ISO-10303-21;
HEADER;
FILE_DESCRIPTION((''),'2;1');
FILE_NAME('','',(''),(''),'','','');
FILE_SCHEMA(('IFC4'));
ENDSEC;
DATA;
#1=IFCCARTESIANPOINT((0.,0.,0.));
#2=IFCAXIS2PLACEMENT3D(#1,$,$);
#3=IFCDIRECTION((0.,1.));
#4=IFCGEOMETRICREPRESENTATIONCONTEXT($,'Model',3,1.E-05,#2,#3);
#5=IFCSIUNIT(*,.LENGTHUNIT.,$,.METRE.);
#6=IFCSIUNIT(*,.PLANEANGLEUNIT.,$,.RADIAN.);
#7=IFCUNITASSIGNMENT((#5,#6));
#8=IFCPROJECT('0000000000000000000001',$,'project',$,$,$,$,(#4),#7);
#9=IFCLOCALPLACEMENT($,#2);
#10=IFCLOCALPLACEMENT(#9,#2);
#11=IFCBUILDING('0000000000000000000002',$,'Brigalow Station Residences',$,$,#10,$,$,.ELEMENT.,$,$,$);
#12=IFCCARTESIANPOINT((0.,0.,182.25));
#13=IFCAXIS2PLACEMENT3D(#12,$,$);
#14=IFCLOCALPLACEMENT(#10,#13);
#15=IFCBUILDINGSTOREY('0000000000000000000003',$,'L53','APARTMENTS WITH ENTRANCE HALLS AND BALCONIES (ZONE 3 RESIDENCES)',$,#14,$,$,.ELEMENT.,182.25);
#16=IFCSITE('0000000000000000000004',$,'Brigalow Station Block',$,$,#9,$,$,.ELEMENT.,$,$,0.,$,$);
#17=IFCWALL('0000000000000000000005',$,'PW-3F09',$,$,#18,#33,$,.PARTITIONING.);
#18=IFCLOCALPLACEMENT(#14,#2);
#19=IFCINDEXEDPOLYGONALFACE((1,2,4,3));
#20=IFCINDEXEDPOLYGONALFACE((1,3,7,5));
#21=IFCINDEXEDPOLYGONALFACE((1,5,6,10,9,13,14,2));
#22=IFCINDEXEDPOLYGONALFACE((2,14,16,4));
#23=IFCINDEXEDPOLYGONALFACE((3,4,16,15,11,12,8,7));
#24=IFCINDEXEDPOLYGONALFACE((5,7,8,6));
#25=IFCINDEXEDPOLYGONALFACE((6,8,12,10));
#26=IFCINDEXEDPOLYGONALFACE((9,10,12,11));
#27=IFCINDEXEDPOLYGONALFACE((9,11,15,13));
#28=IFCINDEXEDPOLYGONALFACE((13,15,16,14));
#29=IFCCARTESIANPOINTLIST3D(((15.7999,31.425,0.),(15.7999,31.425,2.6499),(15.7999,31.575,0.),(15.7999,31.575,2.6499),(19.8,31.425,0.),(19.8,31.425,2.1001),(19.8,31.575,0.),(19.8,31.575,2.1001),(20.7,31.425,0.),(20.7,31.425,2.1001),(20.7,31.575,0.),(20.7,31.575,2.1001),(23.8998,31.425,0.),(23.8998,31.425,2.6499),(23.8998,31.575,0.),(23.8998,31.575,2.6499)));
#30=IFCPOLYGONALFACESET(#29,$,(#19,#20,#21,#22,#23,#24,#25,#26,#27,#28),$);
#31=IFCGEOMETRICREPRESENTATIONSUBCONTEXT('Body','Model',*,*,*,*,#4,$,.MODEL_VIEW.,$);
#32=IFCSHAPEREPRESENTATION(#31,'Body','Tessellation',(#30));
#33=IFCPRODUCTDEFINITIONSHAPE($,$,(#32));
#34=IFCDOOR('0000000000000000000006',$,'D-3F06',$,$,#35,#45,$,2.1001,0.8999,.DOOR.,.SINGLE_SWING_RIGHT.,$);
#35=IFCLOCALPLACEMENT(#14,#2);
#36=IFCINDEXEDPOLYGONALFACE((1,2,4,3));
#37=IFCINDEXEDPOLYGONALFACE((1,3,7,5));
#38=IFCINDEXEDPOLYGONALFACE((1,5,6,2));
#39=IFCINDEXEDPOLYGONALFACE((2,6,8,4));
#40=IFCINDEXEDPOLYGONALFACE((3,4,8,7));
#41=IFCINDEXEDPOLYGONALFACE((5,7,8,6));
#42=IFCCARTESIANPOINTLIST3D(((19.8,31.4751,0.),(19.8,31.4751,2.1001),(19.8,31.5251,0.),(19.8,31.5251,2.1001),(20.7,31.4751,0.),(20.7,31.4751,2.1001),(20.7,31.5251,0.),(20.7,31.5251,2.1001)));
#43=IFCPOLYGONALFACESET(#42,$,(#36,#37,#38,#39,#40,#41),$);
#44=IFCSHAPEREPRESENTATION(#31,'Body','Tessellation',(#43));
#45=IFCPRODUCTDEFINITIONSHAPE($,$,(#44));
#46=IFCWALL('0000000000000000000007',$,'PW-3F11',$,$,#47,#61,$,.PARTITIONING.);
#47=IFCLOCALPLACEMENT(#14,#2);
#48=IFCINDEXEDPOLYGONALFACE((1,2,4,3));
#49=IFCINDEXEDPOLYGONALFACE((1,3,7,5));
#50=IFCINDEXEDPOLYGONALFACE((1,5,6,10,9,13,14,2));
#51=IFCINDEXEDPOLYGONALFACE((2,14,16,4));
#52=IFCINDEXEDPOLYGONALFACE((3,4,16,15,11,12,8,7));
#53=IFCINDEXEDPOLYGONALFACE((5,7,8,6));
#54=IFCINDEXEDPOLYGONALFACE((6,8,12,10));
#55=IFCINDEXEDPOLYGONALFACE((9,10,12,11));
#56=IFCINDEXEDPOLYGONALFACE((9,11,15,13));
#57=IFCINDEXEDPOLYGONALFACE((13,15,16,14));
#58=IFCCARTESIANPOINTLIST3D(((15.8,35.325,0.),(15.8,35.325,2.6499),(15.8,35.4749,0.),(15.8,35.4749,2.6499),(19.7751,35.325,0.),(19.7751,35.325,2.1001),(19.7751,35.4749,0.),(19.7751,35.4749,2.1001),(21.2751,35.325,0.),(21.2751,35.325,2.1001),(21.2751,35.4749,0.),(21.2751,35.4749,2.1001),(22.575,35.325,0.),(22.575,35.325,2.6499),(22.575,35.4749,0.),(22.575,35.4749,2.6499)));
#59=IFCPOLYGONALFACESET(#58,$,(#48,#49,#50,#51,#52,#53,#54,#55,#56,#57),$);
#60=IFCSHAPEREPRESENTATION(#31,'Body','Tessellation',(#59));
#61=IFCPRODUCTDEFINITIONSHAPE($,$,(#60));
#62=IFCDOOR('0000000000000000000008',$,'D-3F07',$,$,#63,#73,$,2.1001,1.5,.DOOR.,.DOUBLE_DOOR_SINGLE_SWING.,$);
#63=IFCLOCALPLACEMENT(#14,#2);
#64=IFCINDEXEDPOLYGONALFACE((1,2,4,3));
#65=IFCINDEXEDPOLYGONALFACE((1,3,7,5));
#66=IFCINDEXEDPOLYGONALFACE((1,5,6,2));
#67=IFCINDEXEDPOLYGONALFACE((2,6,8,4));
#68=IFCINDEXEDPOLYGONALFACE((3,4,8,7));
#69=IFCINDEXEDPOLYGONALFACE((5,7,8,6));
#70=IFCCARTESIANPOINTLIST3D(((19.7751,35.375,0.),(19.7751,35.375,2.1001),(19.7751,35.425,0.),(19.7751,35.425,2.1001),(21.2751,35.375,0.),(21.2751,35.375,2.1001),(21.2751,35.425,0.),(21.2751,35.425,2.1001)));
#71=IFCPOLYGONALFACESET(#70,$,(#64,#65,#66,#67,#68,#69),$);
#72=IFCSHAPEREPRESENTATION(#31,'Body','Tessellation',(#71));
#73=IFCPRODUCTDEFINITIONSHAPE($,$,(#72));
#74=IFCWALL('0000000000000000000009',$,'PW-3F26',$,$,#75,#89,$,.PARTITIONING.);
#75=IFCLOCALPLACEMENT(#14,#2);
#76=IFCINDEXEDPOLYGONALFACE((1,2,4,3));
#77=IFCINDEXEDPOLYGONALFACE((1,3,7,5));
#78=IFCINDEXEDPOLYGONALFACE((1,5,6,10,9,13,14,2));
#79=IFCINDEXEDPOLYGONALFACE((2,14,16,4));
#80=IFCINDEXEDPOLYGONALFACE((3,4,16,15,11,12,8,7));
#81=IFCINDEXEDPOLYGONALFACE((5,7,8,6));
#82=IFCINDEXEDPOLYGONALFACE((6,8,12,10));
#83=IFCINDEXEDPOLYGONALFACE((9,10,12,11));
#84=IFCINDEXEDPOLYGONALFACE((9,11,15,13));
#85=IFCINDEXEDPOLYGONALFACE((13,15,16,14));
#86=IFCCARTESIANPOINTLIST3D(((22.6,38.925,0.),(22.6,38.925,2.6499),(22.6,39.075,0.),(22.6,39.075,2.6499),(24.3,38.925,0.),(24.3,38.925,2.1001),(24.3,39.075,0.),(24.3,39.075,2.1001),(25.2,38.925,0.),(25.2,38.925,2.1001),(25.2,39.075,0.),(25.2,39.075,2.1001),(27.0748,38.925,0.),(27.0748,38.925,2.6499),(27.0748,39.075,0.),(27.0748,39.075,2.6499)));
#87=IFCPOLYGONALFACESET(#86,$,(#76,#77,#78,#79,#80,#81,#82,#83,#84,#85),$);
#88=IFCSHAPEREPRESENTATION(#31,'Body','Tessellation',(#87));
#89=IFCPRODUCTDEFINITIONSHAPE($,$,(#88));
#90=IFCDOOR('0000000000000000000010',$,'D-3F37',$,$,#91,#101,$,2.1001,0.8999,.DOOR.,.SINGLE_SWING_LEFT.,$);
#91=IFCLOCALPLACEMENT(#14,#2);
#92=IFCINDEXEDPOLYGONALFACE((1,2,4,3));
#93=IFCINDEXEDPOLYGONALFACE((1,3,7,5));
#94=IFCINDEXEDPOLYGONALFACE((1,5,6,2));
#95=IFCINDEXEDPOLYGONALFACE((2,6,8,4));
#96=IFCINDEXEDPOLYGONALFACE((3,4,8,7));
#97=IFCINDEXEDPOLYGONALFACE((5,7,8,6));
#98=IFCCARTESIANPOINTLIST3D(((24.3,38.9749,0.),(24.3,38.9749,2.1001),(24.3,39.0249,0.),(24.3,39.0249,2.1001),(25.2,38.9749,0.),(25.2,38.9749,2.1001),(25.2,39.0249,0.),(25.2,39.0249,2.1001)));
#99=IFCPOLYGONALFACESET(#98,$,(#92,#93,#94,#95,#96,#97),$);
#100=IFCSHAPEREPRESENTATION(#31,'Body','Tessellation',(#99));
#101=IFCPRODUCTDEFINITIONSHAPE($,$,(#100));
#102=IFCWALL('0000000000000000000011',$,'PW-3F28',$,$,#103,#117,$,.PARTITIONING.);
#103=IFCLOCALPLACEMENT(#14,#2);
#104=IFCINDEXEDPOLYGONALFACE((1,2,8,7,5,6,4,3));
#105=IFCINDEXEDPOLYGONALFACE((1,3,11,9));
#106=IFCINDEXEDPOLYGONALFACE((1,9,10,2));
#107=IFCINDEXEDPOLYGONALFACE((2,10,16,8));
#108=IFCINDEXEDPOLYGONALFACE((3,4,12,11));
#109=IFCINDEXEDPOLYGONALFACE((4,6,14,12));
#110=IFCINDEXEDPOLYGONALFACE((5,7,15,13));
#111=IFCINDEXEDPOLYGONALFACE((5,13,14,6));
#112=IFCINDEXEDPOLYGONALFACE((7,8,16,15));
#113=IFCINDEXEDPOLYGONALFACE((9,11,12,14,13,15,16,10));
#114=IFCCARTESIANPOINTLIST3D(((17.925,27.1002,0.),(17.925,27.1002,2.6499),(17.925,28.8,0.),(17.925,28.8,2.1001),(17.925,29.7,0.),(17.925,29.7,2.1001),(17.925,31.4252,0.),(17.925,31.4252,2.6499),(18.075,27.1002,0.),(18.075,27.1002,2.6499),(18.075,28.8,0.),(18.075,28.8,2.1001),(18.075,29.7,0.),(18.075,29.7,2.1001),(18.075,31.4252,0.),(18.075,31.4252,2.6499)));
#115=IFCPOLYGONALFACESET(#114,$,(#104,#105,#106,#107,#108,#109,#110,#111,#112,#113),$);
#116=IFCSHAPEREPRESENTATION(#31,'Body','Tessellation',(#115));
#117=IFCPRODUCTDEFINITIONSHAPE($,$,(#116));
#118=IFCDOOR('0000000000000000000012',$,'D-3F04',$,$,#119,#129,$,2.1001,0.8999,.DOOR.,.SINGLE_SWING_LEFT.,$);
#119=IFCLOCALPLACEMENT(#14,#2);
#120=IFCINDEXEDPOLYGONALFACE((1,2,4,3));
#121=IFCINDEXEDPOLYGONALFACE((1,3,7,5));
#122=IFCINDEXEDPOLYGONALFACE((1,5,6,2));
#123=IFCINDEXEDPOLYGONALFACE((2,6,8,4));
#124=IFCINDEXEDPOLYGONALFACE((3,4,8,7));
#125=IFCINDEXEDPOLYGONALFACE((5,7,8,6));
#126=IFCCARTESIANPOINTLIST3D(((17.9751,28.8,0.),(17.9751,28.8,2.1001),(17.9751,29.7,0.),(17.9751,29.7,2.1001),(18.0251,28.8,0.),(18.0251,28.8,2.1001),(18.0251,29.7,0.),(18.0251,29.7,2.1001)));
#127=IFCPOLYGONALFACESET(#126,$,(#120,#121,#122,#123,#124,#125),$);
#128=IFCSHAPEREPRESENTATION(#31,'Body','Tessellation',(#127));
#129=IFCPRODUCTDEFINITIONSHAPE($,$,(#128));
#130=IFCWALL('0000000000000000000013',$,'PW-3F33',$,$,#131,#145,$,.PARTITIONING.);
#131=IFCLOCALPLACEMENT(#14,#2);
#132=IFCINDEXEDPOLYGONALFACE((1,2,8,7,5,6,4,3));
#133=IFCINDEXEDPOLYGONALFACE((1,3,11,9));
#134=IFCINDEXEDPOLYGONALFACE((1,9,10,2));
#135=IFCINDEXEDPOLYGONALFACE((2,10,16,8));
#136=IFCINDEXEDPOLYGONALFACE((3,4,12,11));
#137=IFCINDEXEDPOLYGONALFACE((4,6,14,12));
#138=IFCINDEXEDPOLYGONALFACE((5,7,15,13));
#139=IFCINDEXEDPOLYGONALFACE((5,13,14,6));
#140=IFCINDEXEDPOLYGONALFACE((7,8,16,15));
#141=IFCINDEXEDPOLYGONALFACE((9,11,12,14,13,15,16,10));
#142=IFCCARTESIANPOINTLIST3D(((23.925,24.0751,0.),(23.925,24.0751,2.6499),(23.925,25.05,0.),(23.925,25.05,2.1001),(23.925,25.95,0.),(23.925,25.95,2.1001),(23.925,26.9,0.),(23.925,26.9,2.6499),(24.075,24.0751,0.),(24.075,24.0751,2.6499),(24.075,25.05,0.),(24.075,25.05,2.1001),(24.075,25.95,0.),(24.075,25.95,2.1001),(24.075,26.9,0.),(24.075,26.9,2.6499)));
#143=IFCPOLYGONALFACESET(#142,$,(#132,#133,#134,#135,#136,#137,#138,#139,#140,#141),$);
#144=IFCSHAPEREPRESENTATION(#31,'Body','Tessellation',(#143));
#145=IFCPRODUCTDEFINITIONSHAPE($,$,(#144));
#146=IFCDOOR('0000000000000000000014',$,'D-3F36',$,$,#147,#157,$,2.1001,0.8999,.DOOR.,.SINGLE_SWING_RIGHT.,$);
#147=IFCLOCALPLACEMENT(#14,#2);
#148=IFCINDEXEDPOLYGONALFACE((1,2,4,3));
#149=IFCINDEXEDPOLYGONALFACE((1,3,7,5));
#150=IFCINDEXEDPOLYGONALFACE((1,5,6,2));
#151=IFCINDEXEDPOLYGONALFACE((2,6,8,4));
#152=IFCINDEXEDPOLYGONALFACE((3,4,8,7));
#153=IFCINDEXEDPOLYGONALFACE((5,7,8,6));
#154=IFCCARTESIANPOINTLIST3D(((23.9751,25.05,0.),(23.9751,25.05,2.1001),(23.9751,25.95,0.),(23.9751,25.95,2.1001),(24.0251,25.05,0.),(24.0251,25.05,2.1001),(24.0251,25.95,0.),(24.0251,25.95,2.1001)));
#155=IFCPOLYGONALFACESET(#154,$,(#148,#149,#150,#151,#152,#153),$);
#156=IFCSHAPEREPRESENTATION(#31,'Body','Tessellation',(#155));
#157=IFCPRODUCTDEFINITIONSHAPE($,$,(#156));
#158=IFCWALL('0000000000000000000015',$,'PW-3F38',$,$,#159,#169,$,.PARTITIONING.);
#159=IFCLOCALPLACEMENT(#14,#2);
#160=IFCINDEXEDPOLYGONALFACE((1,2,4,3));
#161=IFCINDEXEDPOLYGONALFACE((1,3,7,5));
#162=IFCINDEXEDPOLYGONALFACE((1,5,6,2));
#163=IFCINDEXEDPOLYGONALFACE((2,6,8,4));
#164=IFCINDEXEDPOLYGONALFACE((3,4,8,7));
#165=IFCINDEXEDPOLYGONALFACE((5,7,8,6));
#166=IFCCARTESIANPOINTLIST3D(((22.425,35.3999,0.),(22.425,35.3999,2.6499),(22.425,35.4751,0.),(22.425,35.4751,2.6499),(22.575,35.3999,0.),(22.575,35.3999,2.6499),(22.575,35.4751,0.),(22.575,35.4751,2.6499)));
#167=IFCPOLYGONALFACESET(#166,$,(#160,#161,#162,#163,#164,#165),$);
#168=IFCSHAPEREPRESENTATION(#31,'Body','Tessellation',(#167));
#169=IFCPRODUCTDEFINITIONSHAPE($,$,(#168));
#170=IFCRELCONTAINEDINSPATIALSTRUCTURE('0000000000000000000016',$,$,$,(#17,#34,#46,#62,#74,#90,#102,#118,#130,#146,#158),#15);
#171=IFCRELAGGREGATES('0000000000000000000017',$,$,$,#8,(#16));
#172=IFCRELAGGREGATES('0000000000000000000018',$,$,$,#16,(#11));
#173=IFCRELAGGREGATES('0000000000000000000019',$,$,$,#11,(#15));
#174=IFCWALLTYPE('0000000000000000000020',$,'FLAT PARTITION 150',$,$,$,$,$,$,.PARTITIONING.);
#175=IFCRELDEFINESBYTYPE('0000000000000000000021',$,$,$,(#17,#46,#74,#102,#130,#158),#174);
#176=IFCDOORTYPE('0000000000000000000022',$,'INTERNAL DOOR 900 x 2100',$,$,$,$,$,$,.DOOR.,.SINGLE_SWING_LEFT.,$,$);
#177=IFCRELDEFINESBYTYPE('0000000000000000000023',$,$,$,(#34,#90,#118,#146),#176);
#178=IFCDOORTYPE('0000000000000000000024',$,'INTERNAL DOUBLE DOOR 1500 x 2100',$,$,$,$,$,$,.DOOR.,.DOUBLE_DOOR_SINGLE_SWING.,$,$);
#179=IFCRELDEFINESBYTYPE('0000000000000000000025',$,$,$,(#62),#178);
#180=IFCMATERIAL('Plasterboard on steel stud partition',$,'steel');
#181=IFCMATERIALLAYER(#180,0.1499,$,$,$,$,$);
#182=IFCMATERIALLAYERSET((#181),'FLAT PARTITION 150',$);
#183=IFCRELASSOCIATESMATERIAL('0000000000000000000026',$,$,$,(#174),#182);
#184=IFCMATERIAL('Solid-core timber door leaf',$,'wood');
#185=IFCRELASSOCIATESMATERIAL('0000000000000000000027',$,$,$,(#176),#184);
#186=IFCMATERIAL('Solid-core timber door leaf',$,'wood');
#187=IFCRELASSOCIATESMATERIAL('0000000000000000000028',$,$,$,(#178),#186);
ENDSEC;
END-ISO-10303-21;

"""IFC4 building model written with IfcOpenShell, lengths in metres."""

from ifc_helpers import new_model, si_unit, direction, frame, frame_2d, origin, place, context, subcontext, project, spatial, rectangle, extrude, material, layer, layer_set, type_object, element, fill, save


model = new_model("IFC4")

# Units and contexts
model_context = context("Model", 3, precision=1e-05, world=origin(), true_north=direction((0.0, 1.0)))
body_context = subcontext(model_context, "Body", "Model", "MODEL_VIEW")
ifc_project = project(units=[si_unit("LENGTHUNIT", "METRE"), si_unit("PLANEANGLEUNIT", "RADIAN")], contexts=[model_context])

# Site, building, storey
site_placement = place(None, origin())
site = spatial("IfcSite", under=ifc_project, at=site_placement, Name="Brigalow Station Block", CompositionType="ELEMENT", RefElevation=0.0)
building_placement = place(site_placement, origin())
building = spatial("IfcBuilding", under=site, at=building_placement, Name="Brigalow Station Residences", CompositionType="ELEMENT")
storey_placement = place(building_placement, frame((0.0, 0.0, 182.25)))
storey = spatial("IfcBuildingStorey", under=building, at=storey_placement, Name="L53", Description="APARTMENTS WITH ENTRANCE HALLS AND BALCONIES (ZONE 3 RESIDENCES)", CompositionType="ELEMENT", Elevation=182.25)

# Shared definitions
ifc_material_1 = material(Name="Plasterboard on steel stud partition", Category="steel")
ifc_layer_1 = layer(ifc_material_1, 0.1499)
ifc_layer_set_1 = layer_set([ifc_layer_1], Name="FLAT PARTITION 150")
wall_type_1 = type_object("IfcWallType", Name="FLAT PARTITION 150", PredefinedType="PARTITIONING", material=ifc_layer_set_1)

# Walls, openings, doors
wall_1_placement = place(storey_placement, frame((15.8, 31.5, 0.0), z_axis=(0.0, 0.0, 1.0), x_axis=(1.0, 0.0, 0.0)))
wall_1 = element("IfcWall", 1, at=wall_1_placement, inside=storey, type_object=wall_type_1, Name="PW-3F09", PredefinedType="PARTITIONING", context=body_context, shape_type="SweptSolid", body=[
    extrude(rectangle(XDim=8.0999, YDim=0.1499, at=frame_2d((4.0498, 0.0))), origin(), (0.0, 0.0, 1.0), 2.6499),
])
opening_1_placement = place(wall_1_placement, frame((4.0, 0.0, 0.0)))
opening_1 = element("IfcOpeningElement", 2, at=opening_1_placement, cuts=wall_1, PredefinedType="OPENING", context=body_context, shape_type="SweptSolid", body=[
    extrude(rectangle(XDim=0.8999, YDim=2.1001, at=frame_2d((0.45, 1.05))), frame((0.0, 0.085, 0.0), z_axis=(0.0, -1.0, 0.0), x_axis=(1.0, 0.0, 0.0)), (0.0, 0.0, 1.0), 0.1699),
])
ifc_material_2 = material(Name="Solid-core timber door leaf", Category="wood")
door_type_1 = type_object("IfcDoorType", Name="INTERNAL DOOR 900 x 2100", OperationType="SINGLE_SWING_LEFT", PredefinedType="DOOR", material=ifc_material_2)
door_1_placement = place(opening_1_placement, frame((0.8999, 0.0, 0.0), z_axis=(0.0, 0.0, 1.0), x_axis=(-1.0, 0.0, 0.0)))
door_1 = element("IfcDoor", 3, at=door_1_placement, inside=storey, type_object=door_type_1, Name="D-3F06", OperationType="SINGLE_SWING_RIGHT", OverallHeight=2.1001, OverallWidth=0.8999, PredefinedType="DOOR", context=body_context, shape_type="SweptSolid", body=[
    extrude(rectangle(XDim=0.8999, YDim=2.1001, at=frame_2d((0.45, 1.05))), frame((0.0, 0.0249, 0.0), z_axis=(0.0, -1.0, 0.0), x_axis=(1.0, 0.0, 0.0)), (0.0, 0.0, 1.0), 0.05),
])
fill(opening_1, door_1)
wall_2_placement = place(storey_placement, frame((15.8, 35.3999, 0.0), z_axis=(0.0, 0.0, 1.0), x_axis=(1.0, 0.0, 0.0)))
wall_2 = element("IfcWall", 4, at=wall_2_placement, inside=storey, type_object=wall_type_1, Name="PW-3F11", PredefinedType="PARTITIONING", context=body_context, shape_type="SweptSolid", body=[
    extrude(rectangle(XDim=6.7749, YDim=0.1499, at=frame_2d((3.3875, 0.0))), origin(), (0.0, 0.0, 1.0), 2.6499),
])
opening_2_placement = place(wall_2_placement, frame((3.9751, 0.0, 0.0)))
opening_2 = element("IfcOpeningElement", 5, at=opening_2_placement, cuts=wall_2, PredefinedType="OPENING", context=body_context, shape_type="SweptSolid", body=[
    extrude(rectangle(XDim=1.5, YDim=2.1001, at=frame_2d((0.75, 1.05))), frame((0.0, 0.085, 0.0), z_axis=(0.0, -1.0, 0.0), x_axis=(1.0, 0.0, 0.0)), (0.0, 0.0, 1.0), 0.1699),
])
ifc_material_3 = material(Name="Solid-core timber door leaf", Category="wood")
door_type_2 = type_object("IfcDoorType", Name="INTERNAL DOUBLE DOOR 1500 x 2100", OperationType="DOUBLE_DOOR_SINGLE_SWING", PredefinedType="DOOR", material=ifc_material_3)
door_2_placement = place(opening_2_placement, frame((1.5, 0.0, 0.0), z_axis=(0.0, 0.0, 1.0), x_axis=(-1.0, 0.0, 0.0)))
door_2 = element("IfcDoor", 6, at=door_2_placement, inside=storey, type_object=door_type_2, Name="D-3F07", OperationType="DOUBLE_DOOR_SINGLE_SWING", OverallHeight=2.1001, OverallWidth=1.5, PredefinedType="DOOR", context=body_context, shape_type="SweptSolid", body=[
    extrude(rectangle(XDim=1.5, YDim=2.1001, at=frame_2d((0.75, 1.05))), frame((0.0, 0.0249, 0.0), z_axis=(0.0, -1.0, 0.0), x_axis=(1.0, 0.0, 0.0)), (0.0, 0.0, 1.0), 0.05),
])
fill(opening_2, door_2)
wall_3_placement = place(storey_placement, frame((22.6001, 39.0, 0.0), z_axis=(0.0, 0.0, 1.0), x_axis=(1.0, 0.0, 0.0)))
wall_3 = element("IfcWall", 7, at=wall_3_placement, inside=storey, type_object=wall_type_1, Name="PW-3F26", PredefinedType="PARTITIONING", context=body_context, shape_type="SweptSolid", body=[
    extrude(rectangle(XDim=4.4749, YDim=0.1499, at=frame_2d((2.2373, 0.0))), origin(), (0.0, 0.0, 1.0), 2.6499),
])
opening_3_placement = place(wall_3_placement, frame((1.7, 0.0, 0.0)))
opening_3 = element("IfcOpeningElement", 8, at=opening_3_placement, cuts=wall_3, PredefinedType="OPENING", context=body_context, shape_type="SweptSolid", body=[
    extrude(rectangle(XDim=0.8999, YDim=2.1001, at=frame_2d((0.45, 1.05))), frame((0.0, 0.085, 0.0), z_axis=(0.0, -1.0, 0.0), x_axis=(1.0, 0.0, 0.0)), (0.0, 0.0, 1.0), 0.1699),
])
door_3_placement = place(opening_3_placement, origin())
door_3 = element("IfcDoor", 9, at=door_3_placement, inside=storey, type_object=door_type_1, Name="D-3F37", OperationType="SINGLE_SWING_LEFT", OverallHeight=2.1001, OverallWidth=0.8999, PredefinedType="DOOR", context=body_context, shape_type="SweptSolid", body=[
    extrude(rectangle(XDim=0.8999, YDim=2.1001, at=frame_2d((0.45, 1.05))), frame((0.0, 0.0249, 0.0), z_axis=(0.0, -1.0, 0.0), x_axis=(1.0, 0.0, 0.0)), (0.0, 0.0, 1.0), 0.05),
])
fill(opening_3, door_3)
wall_4_placement = place(storey_placement, frame((18.0, 27.1001, 0.0), z_axis=(0.0, 0.0, 1.0), x_axis=(0.0, 1.0, 0.0)))
wall_4 = element("IfcWall", 10, at=wall_4_placement, inside=storey, type_object=wall_type_1, Name="PW-3F28", PredefinedType="PARTITIONING", context=body_context, shape_type="SweptSolid", body=[
    extrude(rectangle(XDim=4.325, YDim=0.1499, at=frame_2d((2.1626, 0.0))), origin(), (0.0, 0.0, 1.0), 2.6499),
])
opening_4_placement = place(wall_4_placement, frame((1.7, 0.0, 0.0)))
opening_4 = element("IfcOpeningElement", 11, at=opening_4_placement, cuts=wall_4, PredefinedType="OPENING", context=body_context, shape_type="SweptSolid", body=[
    extrude(rectangle(XDim=0.8999, YDim=2.1001, at=frame_2d((0.45, 1.05))), frame((0.0, 0.085, 0.0), z_axis=(0.0, -1.0, 0.0), x_axis=(1.0, 0.0, 0.0)), (0.0, 0.0, 1.0), 0.1699),
])
door_4_placement = place(opening_4_placement, origin())
door_4 = element("IfcDoor", 12, at=door_4_placement, inside=storey, type_object=door_type_1, Name="D-3F04", OperationType="SINGLE_SWING_LEFT", OverallHeight=2.1001, OverallWidth=0.8999, PredefinedType="DOOR", context=body_context, shape_type="SweptSolid", body=[
    extrude(rectangle(XDim=0.8999, YDim=2.1001, at=frame_2d((0.45, 1.05))), frame((0.0, 0.0249, 0.0), z_axis=(0.0, -1.0, 0.0), x_axis=(1.0, 0.0, 0.0)), (0.0, 0.0, 1.0), 0.05),
])
fill(opening_4, door_4)
wall_5_placement = place(storey_placement, frame((24.0, 24.075, 0.0), z_axis=(0.0, 0.0, 1.0), x_axis=(0.0, 1.0, 0.0)))
wall_5 = element("IfcWall", 13, at=wall_5_placement, inside=storey, type_object=wall_type_1, Name="PW-3F33", PredefinedType="PARTITIONING", context=body_context, shape_type="SweptSolid", body=[
    extrude(rectangle(XDim=2.825, YDim=0.1499, at=frame_2d((1.4126, 0.0))), origin(), (0.0, 0.0, 1.0), 2.6499),
])
opening_5_placement = place(wall_5_placement, frame((0.9751, 0.0, 0.0)))
opening_5 = element("IfcOpeningElement", 14, at=opening_5_placement, cuts=wall_5, PredefinedType="OPENING", context=body_context, shape_type="SweptSolid", body=[
    extrude(rectangle(XDim=0.8999, YDim=2.1001, at=frame_2d((0.45, 1.05))), frame((0.0, 0.085, 0.0), z_axis=(0.0, -1.0, 0.0), x_axis=(1.0, 0.0, 0.0)), (0.0, 0.0, 1.0), 0.1699),
])
door_5_placement = place(opening_5_placement, origin())
door_5 = element("IfcDoor", 15, at=door_5_placement, inside=storey, type_object=door_type_1, Name="D-3F36", OperationType="SINGLE_SWING_RIGHT", OverallHeight=2.1001, OverallWidth=0.8999, PredefinedType="DOOR", context=body_context, shape_type="SweptSolid", body=[
    extrude(rectangle(XDim=0.8999, YDim=2.1001, at=frame_2d((0.45, 1.05))), frame((0.0, 0.0249, 0.0), z_axis=(0.0, -1.0, 0.0), x_axis=(1.0, 0.0, 0.0)), (0.0, 0.0, 1.0), 0.05),
])
fill(opening_5, door_5)

# Wall
wall_6_placement = place(storey_placement, frame((22.5, 35.3999, 0.0), z_axis=(0.0, 0.0, 1.0), x_axis=(0.0, 1.0, 0.0)))
element("IfcWall", 16, at=wall_6_placement, inside=storey, type_object=wall_type_1, Name="PW-3F38", PredefinedType="PARTITIONING", context=body_context, shape_type="SweptSolid", body=[
    extrude(rectangle(XDim=0.0752, YDim=0.1499, at=frame_2d((0.0376, 0.0))), origin(), (0.0, 0.0, 1.0), 2.6499),
])

save(model, "model.ifc")
